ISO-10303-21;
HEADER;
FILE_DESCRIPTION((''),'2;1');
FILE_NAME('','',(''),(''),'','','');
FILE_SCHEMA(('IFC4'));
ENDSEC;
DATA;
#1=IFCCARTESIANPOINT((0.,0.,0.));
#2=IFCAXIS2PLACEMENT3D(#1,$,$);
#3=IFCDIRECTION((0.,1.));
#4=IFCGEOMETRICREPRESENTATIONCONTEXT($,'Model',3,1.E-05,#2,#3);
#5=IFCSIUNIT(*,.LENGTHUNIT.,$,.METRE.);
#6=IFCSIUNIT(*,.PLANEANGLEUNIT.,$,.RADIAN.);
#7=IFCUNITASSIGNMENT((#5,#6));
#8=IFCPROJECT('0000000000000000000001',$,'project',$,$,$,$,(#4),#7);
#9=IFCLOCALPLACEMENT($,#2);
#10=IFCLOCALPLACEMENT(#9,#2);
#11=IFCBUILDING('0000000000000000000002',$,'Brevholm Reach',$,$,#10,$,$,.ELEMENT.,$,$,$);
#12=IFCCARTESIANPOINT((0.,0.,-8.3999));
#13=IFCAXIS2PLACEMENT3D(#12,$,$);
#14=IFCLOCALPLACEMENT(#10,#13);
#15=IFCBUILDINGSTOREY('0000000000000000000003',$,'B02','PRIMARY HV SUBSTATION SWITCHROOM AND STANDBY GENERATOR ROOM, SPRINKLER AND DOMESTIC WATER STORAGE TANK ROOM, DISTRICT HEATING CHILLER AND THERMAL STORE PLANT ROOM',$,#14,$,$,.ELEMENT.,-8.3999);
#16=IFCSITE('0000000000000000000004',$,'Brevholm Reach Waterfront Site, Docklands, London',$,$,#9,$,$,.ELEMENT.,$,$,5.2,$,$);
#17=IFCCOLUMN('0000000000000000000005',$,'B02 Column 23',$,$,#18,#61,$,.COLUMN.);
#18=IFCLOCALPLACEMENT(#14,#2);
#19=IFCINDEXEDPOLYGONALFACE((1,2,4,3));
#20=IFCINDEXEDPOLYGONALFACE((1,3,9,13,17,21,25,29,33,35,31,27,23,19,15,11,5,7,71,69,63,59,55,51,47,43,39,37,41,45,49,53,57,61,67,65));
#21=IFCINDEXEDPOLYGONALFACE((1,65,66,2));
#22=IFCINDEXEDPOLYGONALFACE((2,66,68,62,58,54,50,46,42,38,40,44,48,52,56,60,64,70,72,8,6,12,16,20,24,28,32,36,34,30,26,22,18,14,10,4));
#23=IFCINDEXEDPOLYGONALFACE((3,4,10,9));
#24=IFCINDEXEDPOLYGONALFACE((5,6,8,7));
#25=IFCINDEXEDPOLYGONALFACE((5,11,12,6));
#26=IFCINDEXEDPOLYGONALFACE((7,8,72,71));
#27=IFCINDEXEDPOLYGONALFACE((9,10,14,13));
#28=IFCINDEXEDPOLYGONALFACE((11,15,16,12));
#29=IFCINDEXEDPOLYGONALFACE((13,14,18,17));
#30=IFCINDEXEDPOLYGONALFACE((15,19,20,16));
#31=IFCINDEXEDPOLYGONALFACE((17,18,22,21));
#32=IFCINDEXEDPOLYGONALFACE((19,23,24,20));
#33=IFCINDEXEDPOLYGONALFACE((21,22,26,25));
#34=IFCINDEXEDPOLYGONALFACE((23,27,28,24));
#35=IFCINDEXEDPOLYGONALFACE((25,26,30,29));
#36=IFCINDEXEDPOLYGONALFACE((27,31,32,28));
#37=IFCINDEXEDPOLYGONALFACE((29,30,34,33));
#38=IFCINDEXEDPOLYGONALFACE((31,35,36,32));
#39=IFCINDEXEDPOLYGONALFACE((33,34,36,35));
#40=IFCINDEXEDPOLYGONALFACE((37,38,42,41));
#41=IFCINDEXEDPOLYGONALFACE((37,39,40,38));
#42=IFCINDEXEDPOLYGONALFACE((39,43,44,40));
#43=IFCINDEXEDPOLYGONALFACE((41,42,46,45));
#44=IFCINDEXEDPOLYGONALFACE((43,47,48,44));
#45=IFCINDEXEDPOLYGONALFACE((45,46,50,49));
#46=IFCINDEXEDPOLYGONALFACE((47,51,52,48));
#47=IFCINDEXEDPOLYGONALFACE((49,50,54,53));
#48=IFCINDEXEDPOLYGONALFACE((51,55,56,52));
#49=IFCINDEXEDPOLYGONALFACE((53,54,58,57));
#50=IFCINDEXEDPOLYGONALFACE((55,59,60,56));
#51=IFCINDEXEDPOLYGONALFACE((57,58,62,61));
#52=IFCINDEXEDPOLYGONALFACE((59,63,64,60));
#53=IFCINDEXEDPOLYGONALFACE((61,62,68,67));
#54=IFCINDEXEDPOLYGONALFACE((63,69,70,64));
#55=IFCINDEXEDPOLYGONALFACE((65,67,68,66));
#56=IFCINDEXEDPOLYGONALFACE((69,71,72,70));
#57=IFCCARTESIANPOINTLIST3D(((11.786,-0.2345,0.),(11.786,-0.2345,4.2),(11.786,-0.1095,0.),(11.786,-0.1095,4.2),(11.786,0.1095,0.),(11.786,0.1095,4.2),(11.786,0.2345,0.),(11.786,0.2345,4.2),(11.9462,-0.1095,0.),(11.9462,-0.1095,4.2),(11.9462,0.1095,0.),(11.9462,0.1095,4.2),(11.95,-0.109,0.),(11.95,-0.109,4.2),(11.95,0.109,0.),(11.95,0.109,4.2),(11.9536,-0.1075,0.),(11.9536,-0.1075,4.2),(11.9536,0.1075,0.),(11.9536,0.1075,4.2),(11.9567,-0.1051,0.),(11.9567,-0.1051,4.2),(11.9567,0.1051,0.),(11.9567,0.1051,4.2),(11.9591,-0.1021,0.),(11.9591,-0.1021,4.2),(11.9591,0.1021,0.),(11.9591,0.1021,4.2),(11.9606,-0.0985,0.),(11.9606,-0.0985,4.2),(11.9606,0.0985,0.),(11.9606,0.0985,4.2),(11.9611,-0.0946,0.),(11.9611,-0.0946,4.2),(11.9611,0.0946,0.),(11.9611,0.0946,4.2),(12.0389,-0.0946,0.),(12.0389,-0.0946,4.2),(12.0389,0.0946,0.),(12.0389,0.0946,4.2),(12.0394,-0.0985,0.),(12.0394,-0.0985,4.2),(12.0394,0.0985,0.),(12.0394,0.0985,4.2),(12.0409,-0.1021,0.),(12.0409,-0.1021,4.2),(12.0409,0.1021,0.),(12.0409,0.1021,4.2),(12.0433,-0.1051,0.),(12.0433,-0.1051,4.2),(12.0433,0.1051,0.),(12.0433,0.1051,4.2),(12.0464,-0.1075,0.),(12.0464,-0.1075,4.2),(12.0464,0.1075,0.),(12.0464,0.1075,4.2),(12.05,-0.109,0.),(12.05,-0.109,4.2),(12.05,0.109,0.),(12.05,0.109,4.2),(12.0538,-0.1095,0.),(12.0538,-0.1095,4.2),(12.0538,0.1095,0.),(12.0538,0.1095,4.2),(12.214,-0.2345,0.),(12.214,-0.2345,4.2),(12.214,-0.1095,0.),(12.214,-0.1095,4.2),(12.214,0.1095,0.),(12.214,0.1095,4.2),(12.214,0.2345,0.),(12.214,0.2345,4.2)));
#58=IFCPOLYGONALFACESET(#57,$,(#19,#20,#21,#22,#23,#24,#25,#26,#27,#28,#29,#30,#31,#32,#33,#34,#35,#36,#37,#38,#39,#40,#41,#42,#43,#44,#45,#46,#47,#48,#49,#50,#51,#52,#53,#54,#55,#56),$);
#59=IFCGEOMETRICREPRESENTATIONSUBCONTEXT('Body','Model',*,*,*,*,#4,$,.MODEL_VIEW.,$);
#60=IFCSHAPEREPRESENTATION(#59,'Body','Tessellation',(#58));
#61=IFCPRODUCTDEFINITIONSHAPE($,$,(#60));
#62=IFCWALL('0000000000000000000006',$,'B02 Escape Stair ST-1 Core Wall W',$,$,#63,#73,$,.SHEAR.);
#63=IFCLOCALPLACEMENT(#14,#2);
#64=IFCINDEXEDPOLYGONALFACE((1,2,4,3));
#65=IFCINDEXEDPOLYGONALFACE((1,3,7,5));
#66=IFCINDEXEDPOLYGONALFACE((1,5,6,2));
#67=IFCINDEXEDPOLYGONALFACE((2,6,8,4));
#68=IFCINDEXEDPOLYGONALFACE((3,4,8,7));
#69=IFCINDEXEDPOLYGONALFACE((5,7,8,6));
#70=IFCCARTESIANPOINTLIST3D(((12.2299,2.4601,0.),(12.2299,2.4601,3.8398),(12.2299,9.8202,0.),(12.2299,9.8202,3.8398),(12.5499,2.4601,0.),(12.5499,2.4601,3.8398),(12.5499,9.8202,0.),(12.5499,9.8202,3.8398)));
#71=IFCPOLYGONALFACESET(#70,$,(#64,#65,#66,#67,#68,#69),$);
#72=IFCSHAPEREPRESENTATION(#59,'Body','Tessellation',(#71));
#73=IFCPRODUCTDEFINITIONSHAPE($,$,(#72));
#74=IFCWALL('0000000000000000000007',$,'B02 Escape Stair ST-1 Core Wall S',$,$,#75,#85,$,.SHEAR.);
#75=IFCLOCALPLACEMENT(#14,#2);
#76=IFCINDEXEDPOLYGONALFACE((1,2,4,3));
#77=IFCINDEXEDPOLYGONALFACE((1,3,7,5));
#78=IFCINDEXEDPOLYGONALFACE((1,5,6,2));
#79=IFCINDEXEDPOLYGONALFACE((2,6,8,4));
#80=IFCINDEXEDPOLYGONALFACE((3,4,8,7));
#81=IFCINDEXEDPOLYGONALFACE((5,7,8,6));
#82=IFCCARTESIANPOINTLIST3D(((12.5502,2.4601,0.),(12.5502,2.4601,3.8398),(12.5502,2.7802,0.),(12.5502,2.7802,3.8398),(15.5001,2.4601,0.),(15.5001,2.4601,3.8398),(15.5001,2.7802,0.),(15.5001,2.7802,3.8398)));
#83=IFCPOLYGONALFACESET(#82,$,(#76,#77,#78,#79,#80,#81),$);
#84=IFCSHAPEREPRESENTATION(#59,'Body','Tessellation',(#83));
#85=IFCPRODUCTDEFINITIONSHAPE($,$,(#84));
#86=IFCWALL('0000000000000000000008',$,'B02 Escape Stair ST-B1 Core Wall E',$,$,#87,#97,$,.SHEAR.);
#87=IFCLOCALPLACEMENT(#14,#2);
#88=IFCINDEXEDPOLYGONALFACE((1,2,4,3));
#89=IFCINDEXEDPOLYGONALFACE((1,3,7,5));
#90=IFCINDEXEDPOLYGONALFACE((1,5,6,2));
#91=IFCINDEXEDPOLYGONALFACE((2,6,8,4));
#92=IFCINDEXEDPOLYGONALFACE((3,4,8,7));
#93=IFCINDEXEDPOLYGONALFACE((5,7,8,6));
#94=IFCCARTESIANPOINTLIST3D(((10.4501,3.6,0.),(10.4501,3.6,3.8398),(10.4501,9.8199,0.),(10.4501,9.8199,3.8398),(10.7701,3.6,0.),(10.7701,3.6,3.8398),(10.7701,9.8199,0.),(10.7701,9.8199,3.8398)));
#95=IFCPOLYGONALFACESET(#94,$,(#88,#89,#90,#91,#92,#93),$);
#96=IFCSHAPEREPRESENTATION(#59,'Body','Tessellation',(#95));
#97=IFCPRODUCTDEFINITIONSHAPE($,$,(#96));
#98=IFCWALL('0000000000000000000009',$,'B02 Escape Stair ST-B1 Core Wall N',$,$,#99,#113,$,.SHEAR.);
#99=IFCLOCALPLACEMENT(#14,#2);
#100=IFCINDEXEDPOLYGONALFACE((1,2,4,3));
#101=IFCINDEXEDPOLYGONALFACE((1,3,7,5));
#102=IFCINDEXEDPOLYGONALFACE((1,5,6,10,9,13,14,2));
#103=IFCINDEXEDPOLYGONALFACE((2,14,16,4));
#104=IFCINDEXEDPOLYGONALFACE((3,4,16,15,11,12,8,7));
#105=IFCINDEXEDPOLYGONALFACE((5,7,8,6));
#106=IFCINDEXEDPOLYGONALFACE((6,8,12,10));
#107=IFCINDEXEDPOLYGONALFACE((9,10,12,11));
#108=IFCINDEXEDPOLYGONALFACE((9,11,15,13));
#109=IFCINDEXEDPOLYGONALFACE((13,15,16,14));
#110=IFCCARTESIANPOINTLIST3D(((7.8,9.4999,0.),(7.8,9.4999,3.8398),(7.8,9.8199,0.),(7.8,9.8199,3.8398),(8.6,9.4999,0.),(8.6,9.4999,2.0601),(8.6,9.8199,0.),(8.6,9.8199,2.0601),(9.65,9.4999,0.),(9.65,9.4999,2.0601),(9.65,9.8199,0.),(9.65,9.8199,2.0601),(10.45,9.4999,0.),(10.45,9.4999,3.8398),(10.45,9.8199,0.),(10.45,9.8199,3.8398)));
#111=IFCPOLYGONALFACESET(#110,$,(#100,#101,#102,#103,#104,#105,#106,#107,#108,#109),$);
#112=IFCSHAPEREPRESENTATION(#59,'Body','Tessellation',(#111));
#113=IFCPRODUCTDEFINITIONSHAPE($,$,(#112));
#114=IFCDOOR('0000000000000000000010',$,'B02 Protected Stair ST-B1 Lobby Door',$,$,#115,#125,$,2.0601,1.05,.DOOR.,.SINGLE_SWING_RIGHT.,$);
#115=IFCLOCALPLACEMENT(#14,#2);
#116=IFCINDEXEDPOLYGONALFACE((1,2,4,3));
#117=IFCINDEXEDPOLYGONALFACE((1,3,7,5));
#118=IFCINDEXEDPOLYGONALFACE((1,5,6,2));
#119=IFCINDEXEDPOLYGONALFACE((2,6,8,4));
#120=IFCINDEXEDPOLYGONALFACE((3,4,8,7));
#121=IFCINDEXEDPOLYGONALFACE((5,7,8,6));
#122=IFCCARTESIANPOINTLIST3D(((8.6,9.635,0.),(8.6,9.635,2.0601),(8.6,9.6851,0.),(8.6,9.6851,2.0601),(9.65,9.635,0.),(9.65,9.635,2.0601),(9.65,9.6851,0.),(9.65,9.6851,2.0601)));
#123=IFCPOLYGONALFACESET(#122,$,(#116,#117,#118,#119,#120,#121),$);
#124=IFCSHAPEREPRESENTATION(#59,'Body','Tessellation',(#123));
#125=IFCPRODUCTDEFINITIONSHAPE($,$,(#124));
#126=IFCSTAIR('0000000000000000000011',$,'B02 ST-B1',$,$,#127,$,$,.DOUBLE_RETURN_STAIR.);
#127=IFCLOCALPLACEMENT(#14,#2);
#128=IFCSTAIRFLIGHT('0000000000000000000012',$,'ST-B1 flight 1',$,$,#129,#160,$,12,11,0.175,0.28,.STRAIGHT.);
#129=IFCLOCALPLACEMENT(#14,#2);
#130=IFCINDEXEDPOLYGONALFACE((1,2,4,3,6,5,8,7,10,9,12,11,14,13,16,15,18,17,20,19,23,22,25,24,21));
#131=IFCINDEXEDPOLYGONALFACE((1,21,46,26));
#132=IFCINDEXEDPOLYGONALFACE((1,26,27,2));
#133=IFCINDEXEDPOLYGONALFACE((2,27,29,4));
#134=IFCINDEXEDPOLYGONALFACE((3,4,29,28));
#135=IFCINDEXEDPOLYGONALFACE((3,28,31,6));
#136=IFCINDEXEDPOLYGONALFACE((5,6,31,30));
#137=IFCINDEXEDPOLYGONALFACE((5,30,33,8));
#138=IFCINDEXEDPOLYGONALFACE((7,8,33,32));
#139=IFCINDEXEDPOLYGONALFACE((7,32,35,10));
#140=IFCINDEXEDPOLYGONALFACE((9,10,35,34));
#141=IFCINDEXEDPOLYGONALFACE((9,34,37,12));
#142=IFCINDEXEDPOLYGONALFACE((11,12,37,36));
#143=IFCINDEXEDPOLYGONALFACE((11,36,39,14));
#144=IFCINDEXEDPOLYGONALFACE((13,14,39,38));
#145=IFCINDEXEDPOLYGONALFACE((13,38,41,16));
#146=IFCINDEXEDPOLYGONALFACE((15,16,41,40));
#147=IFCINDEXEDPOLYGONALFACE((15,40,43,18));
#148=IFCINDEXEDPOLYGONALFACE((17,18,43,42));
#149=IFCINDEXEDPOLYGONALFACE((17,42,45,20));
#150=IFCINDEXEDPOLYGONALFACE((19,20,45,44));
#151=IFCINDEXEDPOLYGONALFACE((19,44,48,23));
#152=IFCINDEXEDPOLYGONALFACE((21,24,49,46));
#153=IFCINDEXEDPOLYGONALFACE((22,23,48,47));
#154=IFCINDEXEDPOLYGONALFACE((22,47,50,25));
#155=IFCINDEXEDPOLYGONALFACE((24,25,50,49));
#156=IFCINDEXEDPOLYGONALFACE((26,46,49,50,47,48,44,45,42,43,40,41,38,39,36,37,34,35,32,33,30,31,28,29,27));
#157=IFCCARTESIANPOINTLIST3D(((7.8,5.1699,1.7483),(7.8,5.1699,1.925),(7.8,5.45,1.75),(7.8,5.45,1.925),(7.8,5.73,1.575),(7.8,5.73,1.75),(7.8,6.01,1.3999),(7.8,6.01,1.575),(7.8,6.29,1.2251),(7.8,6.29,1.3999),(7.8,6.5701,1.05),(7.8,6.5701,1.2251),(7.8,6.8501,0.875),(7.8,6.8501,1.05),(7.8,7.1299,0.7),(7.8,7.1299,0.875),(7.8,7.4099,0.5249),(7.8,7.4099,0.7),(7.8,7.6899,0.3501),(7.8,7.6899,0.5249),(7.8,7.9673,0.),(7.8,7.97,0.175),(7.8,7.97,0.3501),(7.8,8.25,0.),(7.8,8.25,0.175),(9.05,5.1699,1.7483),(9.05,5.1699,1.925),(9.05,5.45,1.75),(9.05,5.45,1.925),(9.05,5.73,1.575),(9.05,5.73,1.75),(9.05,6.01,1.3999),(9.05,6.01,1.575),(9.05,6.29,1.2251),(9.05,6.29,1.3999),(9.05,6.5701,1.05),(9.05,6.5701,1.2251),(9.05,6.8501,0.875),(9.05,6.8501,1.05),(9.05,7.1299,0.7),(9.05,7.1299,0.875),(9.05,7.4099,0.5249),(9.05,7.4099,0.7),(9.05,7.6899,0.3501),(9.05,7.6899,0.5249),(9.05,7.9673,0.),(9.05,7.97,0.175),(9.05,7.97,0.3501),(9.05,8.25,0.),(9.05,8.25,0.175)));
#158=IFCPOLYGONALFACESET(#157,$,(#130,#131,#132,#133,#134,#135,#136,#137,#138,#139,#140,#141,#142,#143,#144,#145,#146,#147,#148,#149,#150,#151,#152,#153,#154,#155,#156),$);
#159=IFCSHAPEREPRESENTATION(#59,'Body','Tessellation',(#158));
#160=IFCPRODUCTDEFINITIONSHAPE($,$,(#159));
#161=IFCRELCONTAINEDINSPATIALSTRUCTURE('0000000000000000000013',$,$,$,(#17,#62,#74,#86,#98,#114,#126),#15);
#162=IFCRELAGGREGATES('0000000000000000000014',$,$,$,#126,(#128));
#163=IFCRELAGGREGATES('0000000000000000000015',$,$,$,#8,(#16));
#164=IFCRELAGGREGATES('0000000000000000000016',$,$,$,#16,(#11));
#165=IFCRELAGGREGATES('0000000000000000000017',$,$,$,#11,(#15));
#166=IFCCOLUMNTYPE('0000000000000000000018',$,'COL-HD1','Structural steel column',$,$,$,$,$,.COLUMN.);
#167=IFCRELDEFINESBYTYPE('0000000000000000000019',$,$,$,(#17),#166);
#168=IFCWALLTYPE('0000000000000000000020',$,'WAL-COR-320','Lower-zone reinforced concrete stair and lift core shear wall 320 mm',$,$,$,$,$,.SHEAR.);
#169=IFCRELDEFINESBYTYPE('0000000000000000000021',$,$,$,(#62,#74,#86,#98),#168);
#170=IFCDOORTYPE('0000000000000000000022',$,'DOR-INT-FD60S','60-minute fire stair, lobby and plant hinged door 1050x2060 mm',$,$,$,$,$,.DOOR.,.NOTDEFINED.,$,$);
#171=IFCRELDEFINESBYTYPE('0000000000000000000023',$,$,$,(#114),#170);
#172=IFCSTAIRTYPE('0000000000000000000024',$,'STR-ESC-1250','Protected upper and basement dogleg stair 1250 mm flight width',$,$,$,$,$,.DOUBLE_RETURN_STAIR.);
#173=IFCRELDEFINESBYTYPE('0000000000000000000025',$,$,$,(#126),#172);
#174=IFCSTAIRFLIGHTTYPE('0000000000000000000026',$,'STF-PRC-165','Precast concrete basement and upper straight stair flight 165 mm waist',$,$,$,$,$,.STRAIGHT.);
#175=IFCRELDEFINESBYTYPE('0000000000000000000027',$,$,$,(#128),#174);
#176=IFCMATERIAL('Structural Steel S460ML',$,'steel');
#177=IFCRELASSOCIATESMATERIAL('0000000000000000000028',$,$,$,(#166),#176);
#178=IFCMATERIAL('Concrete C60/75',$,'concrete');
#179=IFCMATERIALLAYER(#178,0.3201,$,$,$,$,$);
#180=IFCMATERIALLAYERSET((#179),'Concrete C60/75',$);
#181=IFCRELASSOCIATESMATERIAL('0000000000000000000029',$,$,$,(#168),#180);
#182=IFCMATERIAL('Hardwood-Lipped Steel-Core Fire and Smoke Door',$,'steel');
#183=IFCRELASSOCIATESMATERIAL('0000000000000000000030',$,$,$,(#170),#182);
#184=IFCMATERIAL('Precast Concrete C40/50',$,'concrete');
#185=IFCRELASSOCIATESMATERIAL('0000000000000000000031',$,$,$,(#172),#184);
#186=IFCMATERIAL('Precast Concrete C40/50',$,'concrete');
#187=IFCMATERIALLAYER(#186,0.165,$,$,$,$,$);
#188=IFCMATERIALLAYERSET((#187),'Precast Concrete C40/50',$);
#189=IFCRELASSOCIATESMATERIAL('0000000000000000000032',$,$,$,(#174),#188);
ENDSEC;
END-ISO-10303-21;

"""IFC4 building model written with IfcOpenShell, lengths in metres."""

from ifc_helpers import new_model, si_unit, direction, frame, frame_2d, origin, origin_2d, place, context, subcontext, project, spatial, polyline, rectangle, i_section, outline, extrude, material, layer, layer_set, material_profile, profile_set, type_object, element, fill, aggregate, save


model = new_model("IFC4")

# Units and contexts
model_context = context("Model", 3, precision=1e-05, world=origin(), true_north=direction((0.0, 1.0)))
body_context = subcontext(model_context, "Body", "Model", "MODEL_VIEW")
ifc_project = project(units=[si_unit("LENGTHUNIT", "METRE"), si_unit("PLANEANGLEUNIT", "RADIAN")], contexts=[model_context])

# Site, building, storey
site_placement = place(None, origin())
site = spatial("IfcSite", under=ifc_project, at=site_placement, Name="Brevholm Reach Waterfront Site, Docklands, London", CompositionType="ELEMENT", RefElevation=5.2)
building_placement = place(site_placement, origin())
building = spatial("IfcBuilding", under=site, at=building_placement, Name="Brevholm Reach", CompositionType="ELEMENT")
storey_placement = place(building_placement, frame((0.0, 0.0, -8.3999)))
storey = spatial("IfcBuildingStorey", under=building, at=storey_placement, Name="B02", Description="PRIMARY HV SUBSTATION SWITCHROOM AND STANDBY GENERATOR ROOM, SPRINKLER AND DOMESTIC WATER STORAGE TANK ROOM, DISTRICT HEATING CHILLER AND THERMAL STORE PLANT ROOM", CompositionType="ELEMENT", Elevation=-8.3999)

# Column
ifc_material_1 = material(Name="Structural Steel S460ML", Category="steel")
ifc_material_profile_1 = material_profile(ifc_material_1, i_section(OverallWidth=0.428, OverallDepth=0.469, WebThickness=0.0779, FlangeThickness=0.125, FilletRadius=0.0149, at=origin_2d()), Name="HD 400x1086")
ifc_profile_set_1 = profile_set([ifc_material_profile_1], Name="Structural Steel S460ML")
column_type = type_object("IfcColumnType", Name="COL-HD1", Description="Structural steel column", PredefinedType="COLUMN", material=ifc_profile_set_1)
column_placement = place(storey_placement, frame((12.0, 0.0, 0.0), z_axis=(0.0, 0.0, 1.0), x_axis=(1.0, 0.0, 0.0)))
element("IfcColumn", 1, at=column_placement, inside=storey, type_object=column_type, Name="B02 Column 23", PredefinedType="COLUMN", context=body_context, shape_type="SweptSolid", body=[
    extrude(i_section(OverallWidth=0.428, OverallDepth=0.469, WebThickness=0.0779, FlangeThickness=0.125, FilletRadius=0.0149, at=origin_2d()), origin(), (0.0, 0.0, 1.0), 4.2),
])

# Walls
ifc_material_2 = material(Name="Concrete C60/75", Category="concrete")
ifc_layer_1 = layer(ifc_material_2, 0.3201)
ifc_layer_set_1 = layer_set([ifc_layer_1], Name="Concrete C60/75")
wall_type = type_object("IfcWallType", Name="WAL-COR-320", Description="Lower-zone reinforced concrete stair and lift core shear wall 320 mm", PredefinedType="SHEAR", material=ifc_layer_set_1)
wall_1_placement = place(storey_placement, frame((12.3899, 2.46, 0.0), z_axis=(0.0, 0.0, 1.0), x_axis=(0.0, 1.0, 0.0)))
element("IfcWall", 2, at=wall_1_placement, inside=storey, type_object=wall_type, Name="B02 Escape Stair ST-1 Core Wall W", PredefinedType="SHEAR", context=body_context, shape_type="SweptSolid", body=[
    extrude(rectangle(XDim=7.3601, YDim=0.3201, at=frame_2d((3.6802, 0.0))), origin(), (0.0, 0.0, 1.0), 3.8398),
])
wall_2_placement = place(storey_placement, frame((12.55, 2.6201, 0.0), z_axis=(0.0, 0.0, 1.0), x_axis=(1.0, 0.0, 0.0)))
element("IfcWall", 3, at=wall_2_placement, inside=storey, type_object=wall_type, Name="B02 Escape Stair ST-1 Core Wall S", PredefinedType="SHEAR", context=body_context, shape_type="SweptSolid", body=[
    extrude(rectangle(XDim=2.95, YDim=0.3201, at=frame_2d((1.4751, 0.0))), origin(), (0.0, 0.0, 1.0), 3.8398),
])
wall_3_placement = place(storey_placement, frame((10.6101, 3.6001, 0.0), z_axis=(0.0, 0.0, 1.0), x_axis=(0.0, 1.0, 0.0)))
element("IfcWall", 4, at=wall_3_placement, inside=storey, type_object=wall_type, Name="B02 Escape Stair ST-B1 Core Wall E", PredefinedType="SHEAR", context=body_context, shape_type="SweptSolid", body=[
    extrude(rectangle(XDim=6.22, YDim=0.3201, at=frame_2d((3.1099, 0.0))), origin(), (0.0, 0.0, 1.0), 3.8398),
])

# Wall, opening, door
wall_4_placement = place(storey_placement, frame((10.45, 9.6599, 0.0), z_axis=(0.0, 0.0, 1.0), x_axis=(-1.0, 0.0, 0.0)))
wall_4 = element("IfcWall", 5, at=wall_4_placement, inside=storey, type_object=wall_type, Name="B02 Escape Stair ST-B1 Core Wall N", PredefinedType="SHEAR", context=body_context, shape_type="SweptSolid", body=[
    extrude(rectangle(XDim=2.6499, YDim=0.3201, at=frame_2d((1.325, 0.0))), origin(), (0.0, 0.0, 1.0), 3.8398),
])
opening_placement = place(wall_4_placement, frame((0.8, 0.0, 0.0)))
opening = element("IfcOpeningElement", 6, at=opening_placement, cuts=wall_4, PredefinedType="OPENING", context=body_context, shape_type="SweptSolid", body=[
    extrude(rectangle(XDim=1.05, YDim=2.0601, at=frame_2d((0.5249, 1.03))), frame((0.0, 0.1699, 0.0), z_axis=(0.0, -1.0, 0.0), x_axis=(1.0, 0.0, 0.0)), (0.0, 0.0, 1.0), 0.3401),
])
ifc_material_3 = material(Name="Hardwood-Lipped Steel-Core Fire and Smoke Door", Category="steel")
door_type = type_object("IfcDoorType", Name="DOR-INT-FD60S", Description="60-minute fire stair, lobby and plant hinged door 1050x2060 mm", OperationType="NOTDEFINED", PredefinedType="DOOR", material=ifc_material_3)
door_placement = place(opening_placement, origin())
door = element("IfcDoor", 7, at=door_placement, inside=storey, type_object=door_type, Name="B02 Protected Stair ST-B1 Lobby Door", OperationType="SINGLE_SWING_RIGHT", OverallHeight=2.0601, OverallWidth=1.05, PredefinedType="DOOR", context=body_context, shape_type="SweptSolid", body=[
    extrude(rectangle(XDim=1.05, YDim=2.0601, at=frame_2d((0.5249, 1.03))), frame((0.0, 0.0249, 0.0), z_axis=(0.0, -1.0, 0.0), x_axis=(1.0, 0.0, 0.0)), (0.0, 0.0, 1.0), 0.05),
])
fill(opening, door)

# Stair, stair flight
ifc_material_4 = material(Name="Precast Concrete C40/50", Category="concrete")
stair_type_1 = type_object("IfcStairType", Name="STR-ESC-1250", Description="Protected upper and basement dogleg stair 1250 mm flight width", PredefinedType="DOUBLE_RETURN_STAIR", material=ifc_material_4)
stair_1_placement = place(storey_placement, origin())
stair_1 = element("IfcStair", 8, at=stair_1_placement, inside=storey, type_object=stair_type_1, Name="B02 ST-B1", PredefinedType="DOUBLE_RETURN_STAIR")
ifc_material_5 = material(Name="Precast Concrete C40/50", Category="concrete")
ifc_layer_2 = layer(ifc_material_5, 0.165)
ifc_layer_set_2 = layer_set([ifc_layer_2], Name="Precast Concrete C40/50")
stair_flight_type_1 = type_object("IfcStairFlightType", Name="STF-PRC-165", Description="Precast concrete basement and upper straight stair flight 165 mm waist", PredefinedType="STRAIGHT", material=ifc_layer_set_2)
stair_flight_1_placement = place(storey_placement, frame((8.425, 8.25, 0.0), z_axis=(0.0, 0.0, 1.0), x_axis=(0.0, -1.0, 0.0)))
stair_flight_1 = element("IfcStairFlight", 9, at=stair_flight_1_placement, type_object=stair_flight_type_1, Name="ST-B1 flight 1", NumberOfRisers=12, NumberOfTreads=11, PredefinedType="STRAIGHT", RiserHeight=0.175, TreadLength=0.28, context=body_context, shape_type="SweptSolid", body=[
    extrude(outline(polyline([(0.0, 0.0), (0.0, 0.175), (0.28, 0.175), (0.28, 0.3501), (0.5601, 0.3501), (0.5601, 0.5249), (0.8401, 0.5249), (0.8401, 0.7), (1.1201, 0.7), (1.1201, 0.875), (1.3999, 0.875), (1.3999, 1.05), (1.6799, 1.05), (1.6799, 1.2251), (1.96, 1.2251), (1.96, 1.3999), (2.24, 1.3999), (2.24, 1.575), (2.52, 1.575), (2.52, 1.75), (2.8, 1.75), (2.8, 1.925), (3.0801, 1.925), (3.0801, 2.1001), (3.0801, 1.7483), (0.2827, 0.0), (0.0, 0.0)])), frame((0.0, 0.625, 0.0), z_axis=(0.0, -1.0, 0.0), x_axis=(1.0, 0.0, 0.0)), (0.0, 0.0, 1.0), 1.25),
])
aggregate(stair_1, [stair_flight_1])

save(model, "model.ifc")
